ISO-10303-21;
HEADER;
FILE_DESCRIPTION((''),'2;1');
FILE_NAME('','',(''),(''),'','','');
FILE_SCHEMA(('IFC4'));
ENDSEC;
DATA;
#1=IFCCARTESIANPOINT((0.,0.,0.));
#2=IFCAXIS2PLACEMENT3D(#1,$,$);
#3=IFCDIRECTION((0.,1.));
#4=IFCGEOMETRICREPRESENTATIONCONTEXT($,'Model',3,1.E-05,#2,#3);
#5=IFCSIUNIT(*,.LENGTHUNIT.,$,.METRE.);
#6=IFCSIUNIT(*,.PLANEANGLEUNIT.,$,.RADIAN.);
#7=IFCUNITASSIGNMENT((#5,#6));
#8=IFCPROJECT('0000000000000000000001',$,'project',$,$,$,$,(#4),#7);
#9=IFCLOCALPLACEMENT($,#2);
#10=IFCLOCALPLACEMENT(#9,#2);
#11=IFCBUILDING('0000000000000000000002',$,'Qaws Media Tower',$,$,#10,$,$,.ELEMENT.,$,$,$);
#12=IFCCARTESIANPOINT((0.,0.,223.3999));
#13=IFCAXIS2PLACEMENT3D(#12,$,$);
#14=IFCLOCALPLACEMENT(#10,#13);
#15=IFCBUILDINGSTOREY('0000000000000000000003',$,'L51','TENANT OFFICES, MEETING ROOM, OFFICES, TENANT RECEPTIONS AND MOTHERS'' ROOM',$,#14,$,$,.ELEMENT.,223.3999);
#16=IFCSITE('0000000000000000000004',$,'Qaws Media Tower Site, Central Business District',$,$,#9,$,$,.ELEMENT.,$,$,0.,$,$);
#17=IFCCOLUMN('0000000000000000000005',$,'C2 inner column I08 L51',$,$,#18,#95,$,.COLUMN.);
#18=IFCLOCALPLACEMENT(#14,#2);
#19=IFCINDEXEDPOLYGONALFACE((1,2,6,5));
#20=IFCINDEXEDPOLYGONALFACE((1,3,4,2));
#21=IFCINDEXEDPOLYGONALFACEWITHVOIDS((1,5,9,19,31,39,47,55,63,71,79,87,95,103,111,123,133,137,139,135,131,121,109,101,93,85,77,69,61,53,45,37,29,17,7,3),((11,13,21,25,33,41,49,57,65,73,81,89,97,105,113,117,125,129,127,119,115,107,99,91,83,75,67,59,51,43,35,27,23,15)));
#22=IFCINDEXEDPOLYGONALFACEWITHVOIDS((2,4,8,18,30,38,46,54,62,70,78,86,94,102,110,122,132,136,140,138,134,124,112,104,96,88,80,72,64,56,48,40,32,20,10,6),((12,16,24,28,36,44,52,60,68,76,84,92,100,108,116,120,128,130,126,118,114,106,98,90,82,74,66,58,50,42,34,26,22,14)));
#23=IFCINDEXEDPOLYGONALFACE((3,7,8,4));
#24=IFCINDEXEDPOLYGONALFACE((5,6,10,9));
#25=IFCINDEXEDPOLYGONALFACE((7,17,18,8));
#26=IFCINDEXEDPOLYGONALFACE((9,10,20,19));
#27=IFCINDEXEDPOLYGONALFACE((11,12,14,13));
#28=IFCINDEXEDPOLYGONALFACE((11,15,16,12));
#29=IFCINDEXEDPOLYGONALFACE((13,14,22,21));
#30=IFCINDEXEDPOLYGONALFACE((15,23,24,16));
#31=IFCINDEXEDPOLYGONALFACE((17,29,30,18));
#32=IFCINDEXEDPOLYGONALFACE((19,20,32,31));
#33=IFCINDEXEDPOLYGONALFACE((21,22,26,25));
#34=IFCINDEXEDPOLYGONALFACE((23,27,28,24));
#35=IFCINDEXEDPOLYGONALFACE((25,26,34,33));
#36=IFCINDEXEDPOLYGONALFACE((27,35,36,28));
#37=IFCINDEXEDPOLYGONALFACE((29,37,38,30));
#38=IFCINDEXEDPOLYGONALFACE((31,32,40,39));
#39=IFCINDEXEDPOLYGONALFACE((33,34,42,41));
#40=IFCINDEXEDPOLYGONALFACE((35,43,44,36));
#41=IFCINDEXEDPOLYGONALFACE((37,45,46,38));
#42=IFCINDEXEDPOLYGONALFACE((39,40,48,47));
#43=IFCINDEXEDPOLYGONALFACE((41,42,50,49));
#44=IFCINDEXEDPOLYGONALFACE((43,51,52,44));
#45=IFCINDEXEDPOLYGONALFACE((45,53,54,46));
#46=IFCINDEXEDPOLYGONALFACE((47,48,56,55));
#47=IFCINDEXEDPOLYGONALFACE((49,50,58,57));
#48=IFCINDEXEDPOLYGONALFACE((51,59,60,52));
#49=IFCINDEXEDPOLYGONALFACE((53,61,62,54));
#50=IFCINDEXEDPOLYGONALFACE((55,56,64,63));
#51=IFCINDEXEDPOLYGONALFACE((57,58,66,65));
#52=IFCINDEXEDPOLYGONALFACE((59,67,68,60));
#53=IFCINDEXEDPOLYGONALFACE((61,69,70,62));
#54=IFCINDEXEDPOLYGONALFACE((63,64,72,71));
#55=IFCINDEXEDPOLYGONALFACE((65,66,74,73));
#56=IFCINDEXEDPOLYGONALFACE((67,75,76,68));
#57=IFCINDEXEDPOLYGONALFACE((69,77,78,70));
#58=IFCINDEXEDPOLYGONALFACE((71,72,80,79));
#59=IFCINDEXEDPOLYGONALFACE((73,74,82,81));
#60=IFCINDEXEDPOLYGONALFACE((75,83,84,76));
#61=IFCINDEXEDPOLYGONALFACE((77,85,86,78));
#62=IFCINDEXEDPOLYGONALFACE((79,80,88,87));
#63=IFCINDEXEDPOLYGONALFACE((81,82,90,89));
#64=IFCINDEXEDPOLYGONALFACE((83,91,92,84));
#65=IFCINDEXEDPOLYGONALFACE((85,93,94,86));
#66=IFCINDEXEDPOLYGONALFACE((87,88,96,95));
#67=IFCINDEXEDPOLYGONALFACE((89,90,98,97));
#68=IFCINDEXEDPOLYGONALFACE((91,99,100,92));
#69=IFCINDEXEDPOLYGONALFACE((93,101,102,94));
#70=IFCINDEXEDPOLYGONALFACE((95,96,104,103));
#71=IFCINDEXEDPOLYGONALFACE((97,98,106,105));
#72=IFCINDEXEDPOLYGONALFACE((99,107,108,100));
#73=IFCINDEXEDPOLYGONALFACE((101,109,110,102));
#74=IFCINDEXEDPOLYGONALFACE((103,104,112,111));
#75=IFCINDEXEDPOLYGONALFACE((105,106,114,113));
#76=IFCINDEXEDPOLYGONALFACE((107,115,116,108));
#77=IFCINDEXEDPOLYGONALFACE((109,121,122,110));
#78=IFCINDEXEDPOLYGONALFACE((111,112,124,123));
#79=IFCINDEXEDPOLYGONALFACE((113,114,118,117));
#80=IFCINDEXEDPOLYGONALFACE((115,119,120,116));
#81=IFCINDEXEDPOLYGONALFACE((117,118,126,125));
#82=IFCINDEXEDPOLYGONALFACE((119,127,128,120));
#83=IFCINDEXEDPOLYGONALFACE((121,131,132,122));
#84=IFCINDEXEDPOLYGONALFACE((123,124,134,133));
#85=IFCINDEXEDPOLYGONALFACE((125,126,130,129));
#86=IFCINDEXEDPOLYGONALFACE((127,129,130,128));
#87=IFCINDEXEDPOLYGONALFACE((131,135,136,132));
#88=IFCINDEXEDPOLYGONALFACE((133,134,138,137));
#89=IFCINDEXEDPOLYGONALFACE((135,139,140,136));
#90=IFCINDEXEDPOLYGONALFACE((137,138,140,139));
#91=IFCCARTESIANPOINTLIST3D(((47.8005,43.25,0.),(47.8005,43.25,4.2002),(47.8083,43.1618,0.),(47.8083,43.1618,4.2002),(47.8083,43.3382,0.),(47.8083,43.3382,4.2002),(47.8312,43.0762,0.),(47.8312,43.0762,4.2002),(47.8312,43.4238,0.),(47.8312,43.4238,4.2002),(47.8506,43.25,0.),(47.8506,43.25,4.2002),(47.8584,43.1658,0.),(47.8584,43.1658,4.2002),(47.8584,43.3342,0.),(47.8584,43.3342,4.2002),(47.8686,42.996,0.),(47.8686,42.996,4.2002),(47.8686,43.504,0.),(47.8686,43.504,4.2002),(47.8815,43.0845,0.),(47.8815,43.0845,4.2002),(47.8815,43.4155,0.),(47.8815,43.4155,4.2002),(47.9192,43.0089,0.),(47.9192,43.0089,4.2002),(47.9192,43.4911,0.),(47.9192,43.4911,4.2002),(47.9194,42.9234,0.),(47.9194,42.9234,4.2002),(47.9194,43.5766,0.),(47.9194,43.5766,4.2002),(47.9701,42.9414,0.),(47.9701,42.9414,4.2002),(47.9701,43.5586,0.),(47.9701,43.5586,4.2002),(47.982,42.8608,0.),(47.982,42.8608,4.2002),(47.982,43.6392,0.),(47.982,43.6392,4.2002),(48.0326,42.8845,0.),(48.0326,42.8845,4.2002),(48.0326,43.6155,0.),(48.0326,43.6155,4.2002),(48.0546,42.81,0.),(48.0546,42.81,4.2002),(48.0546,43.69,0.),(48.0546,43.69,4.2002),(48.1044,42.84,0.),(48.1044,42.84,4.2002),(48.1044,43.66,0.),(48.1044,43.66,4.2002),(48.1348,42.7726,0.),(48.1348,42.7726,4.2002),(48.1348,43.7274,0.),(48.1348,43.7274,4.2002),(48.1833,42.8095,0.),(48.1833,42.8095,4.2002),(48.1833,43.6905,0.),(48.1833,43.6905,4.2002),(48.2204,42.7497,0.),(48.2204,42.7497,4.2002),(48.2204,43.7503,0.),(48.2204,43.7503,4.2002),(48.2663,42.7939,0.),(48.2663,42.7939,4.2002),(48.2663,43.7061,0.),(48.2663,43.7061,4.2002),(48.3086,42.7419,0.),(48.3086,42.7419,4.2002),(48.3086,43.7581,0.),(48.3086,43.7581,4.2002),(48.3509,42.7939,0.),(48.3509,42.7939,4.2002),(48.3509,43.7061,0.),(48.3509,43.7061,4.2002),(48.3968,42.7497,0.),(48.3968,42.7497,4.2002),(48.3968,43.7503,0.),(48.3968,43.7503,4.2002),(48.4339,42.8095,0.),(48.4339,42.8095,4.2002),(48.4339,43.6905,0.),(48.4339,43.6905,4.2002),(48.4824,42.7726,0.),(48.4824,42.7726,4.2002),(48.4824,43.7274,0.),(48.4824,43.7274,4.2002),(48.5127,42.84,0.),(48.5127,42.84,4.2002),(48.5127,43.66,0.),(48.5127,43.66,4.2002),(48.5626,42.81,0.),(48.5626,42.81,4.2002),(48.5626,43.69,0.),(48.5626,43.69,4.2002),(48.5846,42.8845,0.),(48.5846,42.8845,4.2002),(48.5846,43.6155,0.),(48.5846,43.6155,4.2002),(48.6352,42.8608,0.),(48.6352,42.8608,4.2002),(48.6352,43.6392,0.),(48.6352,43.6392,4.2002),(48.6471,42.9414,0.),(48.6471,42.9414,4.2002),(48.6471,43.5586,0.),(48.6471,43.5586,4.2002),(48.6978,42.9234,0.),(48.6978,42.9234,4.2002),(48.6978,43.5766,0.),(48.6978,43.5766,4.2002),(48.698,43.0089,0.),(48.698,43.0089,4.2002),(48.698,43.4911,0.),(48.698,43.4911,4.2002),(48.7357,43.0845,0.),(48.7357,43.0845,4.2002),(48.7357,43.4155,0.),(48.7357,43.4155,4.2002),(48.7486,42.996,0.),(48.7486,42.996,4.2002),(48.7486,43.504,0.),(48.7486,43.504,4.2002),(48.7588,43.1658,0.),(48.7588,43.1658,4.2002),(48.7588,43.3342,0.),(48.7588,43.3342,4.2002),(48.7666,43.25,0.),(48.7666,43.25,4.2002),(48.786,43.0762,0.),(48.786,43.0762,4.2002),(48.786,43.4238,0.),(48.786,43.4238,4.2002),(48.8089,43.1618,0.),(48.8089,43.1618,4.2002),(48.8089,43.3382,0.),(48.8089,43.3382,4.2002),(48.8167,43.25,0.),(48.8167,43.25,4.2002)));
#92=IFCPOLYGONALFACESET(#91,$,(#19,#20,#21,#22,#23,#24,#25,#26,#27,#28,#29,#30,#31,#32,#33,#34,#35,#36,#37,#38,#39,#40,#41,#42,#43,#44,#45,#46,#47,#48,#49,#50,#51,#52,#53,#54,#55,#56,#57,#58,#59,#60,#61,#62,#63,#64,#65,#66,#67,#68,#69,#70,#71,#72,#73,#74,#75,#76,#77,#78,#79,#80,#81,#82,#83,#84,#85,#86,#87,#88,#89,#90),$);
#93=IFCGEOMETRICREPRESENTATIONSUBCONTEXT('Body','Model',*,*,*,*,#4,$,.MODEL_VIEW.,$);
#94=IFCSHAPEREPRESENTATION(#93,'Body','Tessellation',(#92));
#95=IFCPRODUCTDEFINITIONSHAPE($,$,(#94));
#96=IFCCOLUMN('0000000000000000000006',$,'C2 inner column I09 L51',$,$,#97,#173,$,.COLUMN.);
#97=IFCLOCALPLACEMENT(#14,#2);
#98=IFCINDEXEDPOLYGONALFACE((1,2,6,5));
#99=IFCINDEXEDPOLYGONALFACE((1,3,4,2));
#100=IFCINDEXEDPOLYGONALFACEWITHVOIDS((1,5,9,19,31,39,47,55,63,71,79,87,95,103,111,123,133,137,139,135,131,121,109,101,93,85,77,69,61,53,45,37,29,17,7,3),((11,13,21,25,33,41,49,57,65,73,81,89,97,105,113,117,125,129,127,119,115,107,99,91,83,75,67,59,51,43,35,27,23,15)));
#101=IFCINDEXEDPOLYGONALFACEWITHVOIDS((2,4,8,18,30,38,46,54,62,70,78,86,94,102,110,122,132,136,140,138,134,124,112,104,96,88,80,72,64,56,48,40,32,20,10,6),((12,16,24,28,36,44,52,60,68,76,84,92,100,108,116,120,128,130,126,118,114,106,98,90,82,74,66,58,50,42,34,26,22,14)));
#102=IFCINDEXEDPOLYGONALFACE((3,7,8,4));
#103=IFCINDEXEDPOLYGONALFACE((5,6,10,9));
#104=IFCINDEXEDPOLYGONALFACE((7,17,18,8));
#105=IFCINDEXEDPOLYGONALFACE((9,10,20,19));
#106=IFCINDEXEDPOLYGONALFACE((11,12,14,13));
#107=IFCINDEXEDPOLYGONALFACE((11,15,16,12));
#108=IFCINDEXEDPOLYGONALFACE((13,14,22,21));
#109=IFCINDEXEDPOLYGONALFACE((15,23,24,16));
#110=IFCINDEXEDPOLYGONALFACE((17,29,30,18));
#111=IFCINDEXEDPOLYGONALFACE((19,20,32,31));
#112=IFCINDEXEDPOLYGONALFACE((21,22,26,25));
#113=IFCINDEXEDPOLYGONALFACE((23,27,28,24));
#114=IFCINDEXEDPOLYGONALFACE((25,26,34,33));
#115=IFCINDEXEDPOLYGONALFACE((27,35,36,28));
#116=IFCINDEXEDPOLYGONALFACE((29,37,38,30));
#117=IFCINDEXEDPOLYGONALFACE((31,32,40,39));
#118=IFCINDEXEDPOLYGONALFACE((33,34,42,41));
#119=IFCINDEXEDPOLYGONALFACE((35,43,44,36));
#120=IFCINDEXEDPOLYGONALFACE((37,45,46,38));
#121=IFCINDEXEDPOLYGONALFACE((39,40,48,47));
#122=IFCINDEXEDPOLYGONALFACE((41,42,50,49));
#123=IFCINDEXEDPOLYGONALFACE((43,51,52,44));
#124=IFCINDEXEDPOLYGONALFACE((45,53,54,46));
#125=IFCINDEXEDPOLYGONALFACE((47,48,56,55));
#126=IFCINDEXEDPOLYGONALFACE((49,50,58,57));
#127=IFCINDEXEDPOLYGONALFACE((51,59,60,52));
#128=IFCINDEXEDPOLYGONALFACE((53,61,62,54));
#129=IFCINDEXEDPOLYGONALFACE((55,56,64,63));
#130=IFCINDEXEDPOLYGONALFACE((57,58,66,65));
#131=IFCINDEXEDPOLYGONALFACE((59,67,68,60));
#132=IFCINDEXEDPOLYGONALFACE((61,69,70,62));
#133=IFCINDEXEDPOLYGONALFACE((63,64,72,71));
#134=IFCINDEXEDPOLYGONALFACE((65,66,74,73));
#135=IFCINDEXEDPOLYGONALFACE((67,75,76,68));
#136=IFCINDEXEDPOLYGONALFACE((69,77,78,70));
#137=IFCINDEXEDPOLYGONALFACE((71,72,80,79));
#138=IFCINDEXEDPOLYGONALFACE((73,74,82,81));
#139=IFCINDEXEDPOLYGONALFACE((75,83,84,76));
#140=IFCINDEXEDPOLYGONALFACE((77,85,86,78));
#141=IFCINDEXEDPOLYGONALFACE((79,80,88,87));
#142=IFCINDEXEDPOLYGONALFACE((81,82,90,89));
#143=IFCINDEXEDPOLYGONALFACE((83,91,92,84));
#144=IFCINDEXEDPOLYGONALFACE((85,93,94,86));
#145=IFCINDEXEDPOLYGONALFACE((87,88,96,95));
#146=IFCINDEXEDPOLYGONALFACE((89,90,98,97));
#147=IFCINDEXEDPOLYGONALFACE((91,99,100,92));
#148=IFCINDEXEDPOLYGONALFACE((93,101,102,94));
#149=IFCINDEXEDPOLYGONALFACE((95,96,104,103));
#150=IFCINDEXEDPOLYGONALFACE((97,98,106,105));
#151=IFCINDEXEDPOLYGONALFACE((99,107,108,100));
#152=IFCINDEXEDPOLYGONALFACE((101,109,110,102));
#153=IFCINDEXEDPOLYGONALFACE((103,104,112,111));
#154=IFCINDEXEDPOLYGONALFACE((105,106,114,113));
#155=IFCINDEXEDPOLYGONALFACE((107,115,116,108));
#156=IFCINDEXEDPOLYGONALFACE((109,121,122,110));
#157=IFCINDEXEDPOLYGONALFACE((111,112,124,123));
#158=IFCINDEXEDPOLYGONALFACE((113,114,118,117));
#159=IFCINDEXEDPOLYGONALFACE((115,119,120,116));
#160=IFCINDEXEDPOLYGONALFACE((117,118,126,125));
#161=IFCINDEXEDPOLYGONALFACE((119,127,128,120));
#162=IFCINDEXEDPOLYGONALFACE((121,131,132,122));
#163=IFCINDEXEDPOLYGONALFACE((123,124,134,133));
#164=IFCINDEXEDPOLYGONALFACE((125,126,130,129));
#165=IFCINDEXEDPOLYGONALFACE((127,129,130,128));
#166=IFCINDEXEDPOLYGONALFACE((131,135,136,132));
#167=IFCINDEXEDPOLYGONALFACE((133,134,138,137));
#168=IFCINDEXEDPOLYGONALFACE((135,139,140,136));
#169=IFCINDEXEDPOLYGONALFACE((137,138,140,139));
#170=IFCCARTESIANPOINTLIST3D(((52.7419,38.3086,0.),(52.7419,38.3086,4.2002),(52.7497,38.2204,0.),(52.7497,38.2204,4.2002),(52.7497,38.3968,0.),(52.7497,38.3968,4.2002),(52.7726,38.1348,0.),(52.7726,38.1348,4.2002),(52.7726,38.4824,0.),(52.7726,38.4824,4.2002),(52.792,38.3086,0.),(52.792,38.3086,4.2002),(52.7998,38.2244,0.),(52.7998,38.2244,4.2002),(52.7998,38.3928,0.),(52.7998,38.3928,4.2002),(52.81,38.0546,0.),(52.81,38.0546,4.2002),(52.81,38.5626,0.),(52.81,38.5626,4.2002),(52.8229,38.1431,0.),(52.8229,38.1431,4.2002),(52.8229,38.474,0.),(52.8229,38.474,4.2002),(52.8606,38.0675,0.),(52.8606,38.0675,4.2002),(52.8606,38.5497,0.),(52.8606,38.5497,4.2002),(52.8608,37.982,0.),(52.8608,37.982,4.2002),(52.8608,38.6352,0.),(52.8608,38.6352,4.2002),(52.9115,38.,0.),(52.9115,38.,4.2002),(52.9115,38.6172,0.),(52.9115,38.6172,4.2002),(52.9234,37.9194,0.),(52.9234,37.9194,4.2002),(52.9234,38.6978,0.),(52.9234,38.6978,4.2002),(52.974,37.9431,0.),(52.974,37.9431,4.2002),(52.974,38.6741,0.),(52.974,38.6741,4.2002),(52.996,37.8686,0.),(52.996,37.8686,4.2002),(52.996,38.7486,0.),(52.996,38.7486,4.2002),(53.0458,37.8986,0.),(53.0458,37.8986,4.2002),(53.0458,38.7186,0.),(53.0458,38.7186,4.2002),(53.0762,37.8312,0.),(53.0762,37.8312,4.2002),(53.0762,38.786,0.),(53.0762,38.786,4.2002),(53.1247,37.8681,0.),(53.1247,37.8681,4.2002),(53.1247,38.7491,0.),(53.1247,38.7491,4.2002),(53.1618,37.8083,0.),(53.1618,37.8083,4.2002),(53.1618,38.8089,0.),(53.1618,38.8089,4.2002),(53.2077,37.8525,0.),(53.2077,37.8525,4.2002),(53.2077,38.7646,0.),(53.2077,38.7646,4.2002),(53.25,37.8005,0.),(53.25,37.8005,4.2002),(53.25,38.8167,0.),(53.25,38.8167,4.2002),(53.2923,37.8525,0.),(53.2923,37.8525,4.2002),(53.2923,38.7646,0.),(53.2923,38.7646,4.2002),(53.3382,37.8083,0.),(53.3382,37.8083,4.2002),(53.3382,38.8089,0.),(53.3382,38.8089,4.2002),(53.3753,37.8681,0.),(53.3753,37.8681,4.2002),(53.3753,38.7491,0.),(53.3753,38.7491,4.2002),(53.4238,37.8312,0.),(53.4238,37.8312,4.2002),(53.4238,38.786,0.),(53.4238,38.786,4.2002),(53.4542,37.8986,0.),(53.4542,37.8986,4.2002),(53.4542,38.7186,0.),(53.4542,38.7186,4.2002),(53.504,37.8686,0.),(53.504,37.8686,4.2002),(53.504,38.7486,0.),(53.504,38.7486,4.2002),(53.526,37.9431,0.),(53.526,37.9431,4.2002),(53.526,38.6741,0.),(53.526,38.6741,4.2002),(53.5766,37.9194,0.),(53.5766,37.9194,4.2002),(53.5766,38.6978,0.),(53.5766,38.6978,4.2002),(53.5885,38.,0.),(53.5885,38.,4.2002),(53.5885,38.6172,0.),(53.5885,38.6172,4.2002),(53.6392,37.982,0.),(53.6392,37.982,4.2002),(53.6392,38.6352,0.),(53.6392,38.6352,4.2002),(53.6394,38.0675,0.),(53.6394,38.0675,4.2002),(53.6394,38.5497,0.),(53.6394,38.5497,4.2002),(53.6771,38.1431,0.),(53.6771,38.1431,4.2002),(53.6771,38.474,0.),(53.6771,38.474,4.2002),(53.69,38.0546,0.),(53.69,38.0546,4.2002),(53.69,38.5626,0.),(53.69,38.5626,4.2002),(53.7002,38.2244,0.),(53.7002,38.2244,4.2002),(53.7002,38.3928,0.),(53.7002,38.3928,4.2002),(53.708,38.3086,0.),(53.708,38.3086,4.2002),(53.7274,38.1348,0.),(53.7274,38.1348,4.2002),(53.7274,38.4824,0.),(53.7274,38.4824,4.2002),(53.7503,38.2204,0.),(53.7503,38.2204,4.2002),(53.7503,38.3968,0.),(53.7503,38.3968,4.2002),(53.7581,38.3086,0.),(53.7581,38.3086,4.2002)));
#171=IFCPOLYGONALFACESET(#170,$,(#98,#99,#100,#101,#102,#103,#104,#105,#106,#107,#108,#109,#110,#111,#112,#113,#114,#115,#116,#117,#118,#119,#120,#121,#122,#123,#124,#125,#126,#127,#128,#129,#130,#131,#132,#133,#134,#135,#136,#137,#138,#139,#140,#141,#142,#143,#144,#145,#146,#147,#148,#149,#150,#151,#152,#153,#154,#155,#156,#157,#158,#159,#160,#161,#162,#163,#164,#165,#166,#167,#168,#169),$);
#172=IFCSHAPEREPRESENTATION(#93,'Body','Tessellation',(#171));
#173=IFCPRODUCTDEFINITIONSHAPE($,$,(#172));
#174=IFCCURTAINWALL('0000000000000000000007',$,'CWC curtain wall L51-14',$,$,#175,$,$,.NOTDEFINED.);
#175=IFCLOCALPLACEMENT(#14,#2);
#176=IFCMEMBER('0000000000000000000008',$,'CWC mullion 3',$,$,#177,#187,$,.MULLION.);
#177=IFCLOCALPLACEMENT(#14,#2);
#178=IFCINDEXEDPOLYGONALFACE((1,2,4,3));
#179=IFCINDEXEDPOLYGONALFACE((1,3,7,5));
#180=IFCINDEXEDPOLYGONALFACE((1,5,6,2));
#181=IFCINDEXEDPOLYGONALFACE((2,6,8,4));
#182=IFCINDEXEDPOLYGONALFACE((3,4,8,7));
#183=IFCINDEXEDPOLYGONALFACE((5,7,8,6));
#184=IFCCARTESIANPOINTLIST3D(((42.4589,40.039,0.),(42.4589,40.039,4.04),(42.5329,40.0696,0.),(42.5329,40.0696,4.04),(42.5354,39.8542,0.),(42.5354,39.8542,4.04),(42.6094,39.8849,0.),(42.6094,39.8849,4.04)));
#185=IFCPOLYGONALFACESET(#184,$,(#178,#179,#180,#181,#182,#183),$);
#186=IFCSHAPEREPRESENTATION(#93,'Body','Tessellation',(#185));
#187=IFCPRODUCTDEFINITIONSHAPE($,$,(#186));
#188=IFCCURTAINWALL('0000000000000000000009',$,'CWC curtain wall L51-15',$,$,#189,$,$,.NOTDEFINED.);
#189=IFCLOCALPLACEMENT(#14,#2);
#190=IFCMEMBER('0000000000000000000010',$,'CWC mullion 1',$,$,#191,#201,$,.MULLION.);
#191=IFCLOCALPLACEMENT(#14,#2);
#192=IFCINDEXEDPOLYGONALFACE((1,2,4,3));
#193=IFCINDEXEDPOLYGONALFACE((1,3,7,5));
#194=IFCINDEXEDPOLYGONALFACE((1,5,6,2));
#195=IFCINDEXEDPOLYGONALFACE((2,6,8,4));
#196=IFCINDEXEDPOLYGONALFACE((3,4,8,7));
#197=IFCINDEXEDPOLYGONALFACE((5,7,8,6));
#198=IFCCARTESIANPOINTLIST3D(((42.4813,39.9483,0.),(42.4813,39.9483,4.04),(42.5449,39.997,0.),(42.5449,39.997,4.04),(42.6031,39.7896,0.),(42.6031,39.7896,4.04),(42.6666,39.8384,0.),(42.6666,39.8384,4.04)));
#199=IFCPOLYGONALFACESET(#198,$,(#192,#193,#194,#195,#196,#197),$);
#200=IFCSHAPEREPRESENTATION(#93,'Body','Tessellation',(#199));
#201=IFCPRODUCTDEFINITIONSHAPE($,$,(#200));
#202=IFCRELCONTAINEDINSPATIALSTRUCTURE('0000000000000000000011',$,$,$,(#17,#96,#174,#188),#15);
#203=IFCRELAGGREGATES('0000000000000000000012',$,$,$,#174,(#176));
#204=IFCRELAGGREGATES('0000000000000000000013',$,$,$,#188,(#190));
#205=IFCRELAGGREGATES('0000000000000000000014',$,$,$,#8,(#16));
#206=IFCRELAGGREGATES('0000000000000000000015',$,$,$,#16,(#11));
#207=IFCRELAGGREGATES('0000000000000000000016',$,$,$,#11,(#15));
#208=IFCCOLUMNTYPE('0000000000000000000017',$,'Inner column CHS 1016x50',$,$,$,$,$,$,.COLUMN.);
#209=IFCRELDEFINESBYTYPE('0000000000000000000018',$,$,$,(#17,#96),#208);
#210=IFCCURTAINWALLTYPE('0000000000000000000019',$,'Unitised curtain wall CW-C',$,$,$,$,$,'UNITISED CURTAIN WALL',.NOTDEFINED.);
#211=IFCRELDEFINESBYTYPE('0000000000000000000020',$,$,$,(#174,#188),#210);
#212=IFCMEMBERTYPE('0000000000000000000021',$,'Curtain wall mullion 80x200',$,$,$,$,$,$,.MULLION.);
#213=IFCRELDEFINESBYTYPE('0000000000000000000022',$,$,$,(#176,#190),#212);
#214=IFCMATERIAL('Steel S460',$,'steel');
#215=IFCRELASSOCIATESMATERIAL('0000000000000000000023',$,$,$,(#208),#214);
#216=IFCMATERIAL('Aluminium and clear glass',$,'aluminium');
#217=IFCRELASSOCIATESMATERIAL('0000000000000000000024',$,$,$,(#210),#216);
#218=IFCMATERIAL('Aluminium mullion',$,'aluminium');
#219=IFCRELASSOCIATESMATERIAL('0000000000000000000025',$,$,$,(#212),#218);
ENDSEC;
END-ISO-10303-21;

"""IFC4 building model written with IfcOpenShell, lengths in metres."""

from ifc_helpers import new_model, si_unit, direction, frame, origin, origin_2d, place, context, subcontext, project, spatial, rectangle, hollow_circle, extrude, material, material_profile, profile_set, type_object, element, aggregate, save


model = new_model("IFC4")

# Units and contexts
model_context = context("Model", 3, precision=1e-05, world=origin(), true_north=direction((0.0, 1.0)))
body_context = subcontext(model_context, "Body", "Model", "MODEL_VIEW")
ifc_project = project(units=[si_unit("LENGTHUNIT", "METRE"), si_unit("PLANEANGLEUNIT", "RADIAN")], contexts=[model_context])

# Site, building, storey
site_placement = place(None, origin())
site = spatial("IfcSite", under=ifc_project, at=site_placement, Name="Qaws Media Tower Site, Central Business District", CompositionType="ELEMENT", RefElevation=0.0)
building_placement = place(site_placement, origin())
building = spatial("IfcBuilding", under=site, at=building_placement, Name="Qaws Media Tower", CompositionType="ELEMENT")
storey_placement = place(building_placement, frame((0.0, 0.0, 223.3999)))
storey = spatial("IfcBuildingStorey", under=building, at=storey_placement, Name="L51", Description="TENANT OFFICES, MEETING ROOM, OFFICES, TENANT RECEPTIONS AND MOTHERS' ROOM", CompositionType="ELEMENT", Elevation=223.3999)

# Columns
ifc_material_1 = material(Name="Steel S460", Category="steel")
ifc_material_profile_1 = material_profile(ifc_material_1, hollow_circle(Radius=0.5081, WallThickness=0.05, at=origin_2d()), Name="CHS 1016x50")
ifc_profile_set_1 = profile_set([ifc_material_profile_1], Name="Steel S460")
column_type = type_object("IfcColumnType", Name="Inner column CHS 1016x50", PredefinedType="COLUMN", material=ifc_profile_set_1)
for number, where, z_axis, x_axis, name in (
    (1, (48.3086, 43.25, 0.0), (0.0, 0.0, 1.0), (1.0, 0.0, 0.0), "C2 inner column I08 L51"),
    (2, (53.25, 38.3086, 0.0), (0.0, 0.0, 1.0), (1.0, 0.0, 0.0), "C2 inner column I09 L51"),
):
    element("IfcColumn", number, at=place(storey_placement, frame(where, z_axis=z_axis, x_axis=x_axis)), inside=storey, type_object=column_type, Name=name, PredefinedType="COLUMN", context=body_context, shape_type="SweptSolid", body=[
        extrude(hollow_circle(Radius=0.5081, WallThickness=0.05, at=origin_2d()), origin(), (0.0, 0.0, 1.0), 4.2002),
    ])

# Curtain wall, member
ifc_material_2 = material(Name="Aluminium and clear glass", Category="aluminium")
curtain_wall_type = type_object("IfcCurtainWallType", Name="Unitised curtain wall CW-C", ElementType="UNITISED CURTAIN WALL", PredefinedType="NOTDEFINED", material=ifc_material_2)
curtain_wall_1_placement = place(storey_placement, origin())
curtain_wall_1 = element("IfcCurtainWall", 3, at=curtain_wall_1_placement, inside=storey, type_object=curtain_wall_type, Name="CWC curtain wall L51-14", PredefinedType="NOTDEFINED")
ifc_material_3 = material(Name="Aluminium mullion", Category="aluminium")
ifc_material_profile_2 = material_profile(ifc_material_3, rectangle(XDim=0.0801, YDim=0.2, at=origin_2d()), Name="80x200")
ifc_profile_set_2 = profile_set([ifc_material_profile_2], Name="Aluminium mullion")
member_type_1 = type_object("IfcMemberType", Name="Curtain wall mullion 80x200", PredefinedType="MULLION", material=ifc_profile_set_2)
member_1_placement = place(storey_placement, frame((42.5342, 39.9619, 0.0), z_axis=(0.0, 0.0, 1.0), x_axis=(0.92388, 0.382683, 0.0)))
member_1 = element("IfcMember", 4, at=member_1_placement, type_object=member_type_1, Name="CWC mullion 3", PredefinedType="MULLION", context=body_context, shape_type="SweptSolid", body=[
    extrude(rectangle(XDim=0.0801, YDim=0.2, at=origin_2d()), origin(), (0.0, 0.0, 1.0), 4.04),
])
aggregate(curtain_wall_1, [member_1])

# Curtain wall, member
curtain_wall_2_placement = place(storey_placement, origin())
curtain_wall_2 = element("IfcCurtainWall", 5, at=curtain_wall_2_placement, inside=storey, type_object=curtain_wall_type, Name="CWC curtain wall L51-15", PredefinedType="NOTDEFINED")
member_2_placement = place(storey_placement, frame((42.574, 39.8933, 0.0), z_axis=(0.0, 0.0, 1.0), x_axis=(0.793353, 0.608761, 0.0)))
member_2 = element("IfcMember", 6, at=member_2_placement, type_object=member_type_1, Name="CWC mullion 1", PredefinedType="MULLION", context=body_context, shape_type="SweptSolid", body=[
    extrude(rectangle(XDim=0.0801, YDim=0.2, at=origin_2d()), origin(), (0.0, 0.0, 1.0), 4.04),
])

aggregate(curtain_wall_2, [member_2])

save(model, "model.ifc")
